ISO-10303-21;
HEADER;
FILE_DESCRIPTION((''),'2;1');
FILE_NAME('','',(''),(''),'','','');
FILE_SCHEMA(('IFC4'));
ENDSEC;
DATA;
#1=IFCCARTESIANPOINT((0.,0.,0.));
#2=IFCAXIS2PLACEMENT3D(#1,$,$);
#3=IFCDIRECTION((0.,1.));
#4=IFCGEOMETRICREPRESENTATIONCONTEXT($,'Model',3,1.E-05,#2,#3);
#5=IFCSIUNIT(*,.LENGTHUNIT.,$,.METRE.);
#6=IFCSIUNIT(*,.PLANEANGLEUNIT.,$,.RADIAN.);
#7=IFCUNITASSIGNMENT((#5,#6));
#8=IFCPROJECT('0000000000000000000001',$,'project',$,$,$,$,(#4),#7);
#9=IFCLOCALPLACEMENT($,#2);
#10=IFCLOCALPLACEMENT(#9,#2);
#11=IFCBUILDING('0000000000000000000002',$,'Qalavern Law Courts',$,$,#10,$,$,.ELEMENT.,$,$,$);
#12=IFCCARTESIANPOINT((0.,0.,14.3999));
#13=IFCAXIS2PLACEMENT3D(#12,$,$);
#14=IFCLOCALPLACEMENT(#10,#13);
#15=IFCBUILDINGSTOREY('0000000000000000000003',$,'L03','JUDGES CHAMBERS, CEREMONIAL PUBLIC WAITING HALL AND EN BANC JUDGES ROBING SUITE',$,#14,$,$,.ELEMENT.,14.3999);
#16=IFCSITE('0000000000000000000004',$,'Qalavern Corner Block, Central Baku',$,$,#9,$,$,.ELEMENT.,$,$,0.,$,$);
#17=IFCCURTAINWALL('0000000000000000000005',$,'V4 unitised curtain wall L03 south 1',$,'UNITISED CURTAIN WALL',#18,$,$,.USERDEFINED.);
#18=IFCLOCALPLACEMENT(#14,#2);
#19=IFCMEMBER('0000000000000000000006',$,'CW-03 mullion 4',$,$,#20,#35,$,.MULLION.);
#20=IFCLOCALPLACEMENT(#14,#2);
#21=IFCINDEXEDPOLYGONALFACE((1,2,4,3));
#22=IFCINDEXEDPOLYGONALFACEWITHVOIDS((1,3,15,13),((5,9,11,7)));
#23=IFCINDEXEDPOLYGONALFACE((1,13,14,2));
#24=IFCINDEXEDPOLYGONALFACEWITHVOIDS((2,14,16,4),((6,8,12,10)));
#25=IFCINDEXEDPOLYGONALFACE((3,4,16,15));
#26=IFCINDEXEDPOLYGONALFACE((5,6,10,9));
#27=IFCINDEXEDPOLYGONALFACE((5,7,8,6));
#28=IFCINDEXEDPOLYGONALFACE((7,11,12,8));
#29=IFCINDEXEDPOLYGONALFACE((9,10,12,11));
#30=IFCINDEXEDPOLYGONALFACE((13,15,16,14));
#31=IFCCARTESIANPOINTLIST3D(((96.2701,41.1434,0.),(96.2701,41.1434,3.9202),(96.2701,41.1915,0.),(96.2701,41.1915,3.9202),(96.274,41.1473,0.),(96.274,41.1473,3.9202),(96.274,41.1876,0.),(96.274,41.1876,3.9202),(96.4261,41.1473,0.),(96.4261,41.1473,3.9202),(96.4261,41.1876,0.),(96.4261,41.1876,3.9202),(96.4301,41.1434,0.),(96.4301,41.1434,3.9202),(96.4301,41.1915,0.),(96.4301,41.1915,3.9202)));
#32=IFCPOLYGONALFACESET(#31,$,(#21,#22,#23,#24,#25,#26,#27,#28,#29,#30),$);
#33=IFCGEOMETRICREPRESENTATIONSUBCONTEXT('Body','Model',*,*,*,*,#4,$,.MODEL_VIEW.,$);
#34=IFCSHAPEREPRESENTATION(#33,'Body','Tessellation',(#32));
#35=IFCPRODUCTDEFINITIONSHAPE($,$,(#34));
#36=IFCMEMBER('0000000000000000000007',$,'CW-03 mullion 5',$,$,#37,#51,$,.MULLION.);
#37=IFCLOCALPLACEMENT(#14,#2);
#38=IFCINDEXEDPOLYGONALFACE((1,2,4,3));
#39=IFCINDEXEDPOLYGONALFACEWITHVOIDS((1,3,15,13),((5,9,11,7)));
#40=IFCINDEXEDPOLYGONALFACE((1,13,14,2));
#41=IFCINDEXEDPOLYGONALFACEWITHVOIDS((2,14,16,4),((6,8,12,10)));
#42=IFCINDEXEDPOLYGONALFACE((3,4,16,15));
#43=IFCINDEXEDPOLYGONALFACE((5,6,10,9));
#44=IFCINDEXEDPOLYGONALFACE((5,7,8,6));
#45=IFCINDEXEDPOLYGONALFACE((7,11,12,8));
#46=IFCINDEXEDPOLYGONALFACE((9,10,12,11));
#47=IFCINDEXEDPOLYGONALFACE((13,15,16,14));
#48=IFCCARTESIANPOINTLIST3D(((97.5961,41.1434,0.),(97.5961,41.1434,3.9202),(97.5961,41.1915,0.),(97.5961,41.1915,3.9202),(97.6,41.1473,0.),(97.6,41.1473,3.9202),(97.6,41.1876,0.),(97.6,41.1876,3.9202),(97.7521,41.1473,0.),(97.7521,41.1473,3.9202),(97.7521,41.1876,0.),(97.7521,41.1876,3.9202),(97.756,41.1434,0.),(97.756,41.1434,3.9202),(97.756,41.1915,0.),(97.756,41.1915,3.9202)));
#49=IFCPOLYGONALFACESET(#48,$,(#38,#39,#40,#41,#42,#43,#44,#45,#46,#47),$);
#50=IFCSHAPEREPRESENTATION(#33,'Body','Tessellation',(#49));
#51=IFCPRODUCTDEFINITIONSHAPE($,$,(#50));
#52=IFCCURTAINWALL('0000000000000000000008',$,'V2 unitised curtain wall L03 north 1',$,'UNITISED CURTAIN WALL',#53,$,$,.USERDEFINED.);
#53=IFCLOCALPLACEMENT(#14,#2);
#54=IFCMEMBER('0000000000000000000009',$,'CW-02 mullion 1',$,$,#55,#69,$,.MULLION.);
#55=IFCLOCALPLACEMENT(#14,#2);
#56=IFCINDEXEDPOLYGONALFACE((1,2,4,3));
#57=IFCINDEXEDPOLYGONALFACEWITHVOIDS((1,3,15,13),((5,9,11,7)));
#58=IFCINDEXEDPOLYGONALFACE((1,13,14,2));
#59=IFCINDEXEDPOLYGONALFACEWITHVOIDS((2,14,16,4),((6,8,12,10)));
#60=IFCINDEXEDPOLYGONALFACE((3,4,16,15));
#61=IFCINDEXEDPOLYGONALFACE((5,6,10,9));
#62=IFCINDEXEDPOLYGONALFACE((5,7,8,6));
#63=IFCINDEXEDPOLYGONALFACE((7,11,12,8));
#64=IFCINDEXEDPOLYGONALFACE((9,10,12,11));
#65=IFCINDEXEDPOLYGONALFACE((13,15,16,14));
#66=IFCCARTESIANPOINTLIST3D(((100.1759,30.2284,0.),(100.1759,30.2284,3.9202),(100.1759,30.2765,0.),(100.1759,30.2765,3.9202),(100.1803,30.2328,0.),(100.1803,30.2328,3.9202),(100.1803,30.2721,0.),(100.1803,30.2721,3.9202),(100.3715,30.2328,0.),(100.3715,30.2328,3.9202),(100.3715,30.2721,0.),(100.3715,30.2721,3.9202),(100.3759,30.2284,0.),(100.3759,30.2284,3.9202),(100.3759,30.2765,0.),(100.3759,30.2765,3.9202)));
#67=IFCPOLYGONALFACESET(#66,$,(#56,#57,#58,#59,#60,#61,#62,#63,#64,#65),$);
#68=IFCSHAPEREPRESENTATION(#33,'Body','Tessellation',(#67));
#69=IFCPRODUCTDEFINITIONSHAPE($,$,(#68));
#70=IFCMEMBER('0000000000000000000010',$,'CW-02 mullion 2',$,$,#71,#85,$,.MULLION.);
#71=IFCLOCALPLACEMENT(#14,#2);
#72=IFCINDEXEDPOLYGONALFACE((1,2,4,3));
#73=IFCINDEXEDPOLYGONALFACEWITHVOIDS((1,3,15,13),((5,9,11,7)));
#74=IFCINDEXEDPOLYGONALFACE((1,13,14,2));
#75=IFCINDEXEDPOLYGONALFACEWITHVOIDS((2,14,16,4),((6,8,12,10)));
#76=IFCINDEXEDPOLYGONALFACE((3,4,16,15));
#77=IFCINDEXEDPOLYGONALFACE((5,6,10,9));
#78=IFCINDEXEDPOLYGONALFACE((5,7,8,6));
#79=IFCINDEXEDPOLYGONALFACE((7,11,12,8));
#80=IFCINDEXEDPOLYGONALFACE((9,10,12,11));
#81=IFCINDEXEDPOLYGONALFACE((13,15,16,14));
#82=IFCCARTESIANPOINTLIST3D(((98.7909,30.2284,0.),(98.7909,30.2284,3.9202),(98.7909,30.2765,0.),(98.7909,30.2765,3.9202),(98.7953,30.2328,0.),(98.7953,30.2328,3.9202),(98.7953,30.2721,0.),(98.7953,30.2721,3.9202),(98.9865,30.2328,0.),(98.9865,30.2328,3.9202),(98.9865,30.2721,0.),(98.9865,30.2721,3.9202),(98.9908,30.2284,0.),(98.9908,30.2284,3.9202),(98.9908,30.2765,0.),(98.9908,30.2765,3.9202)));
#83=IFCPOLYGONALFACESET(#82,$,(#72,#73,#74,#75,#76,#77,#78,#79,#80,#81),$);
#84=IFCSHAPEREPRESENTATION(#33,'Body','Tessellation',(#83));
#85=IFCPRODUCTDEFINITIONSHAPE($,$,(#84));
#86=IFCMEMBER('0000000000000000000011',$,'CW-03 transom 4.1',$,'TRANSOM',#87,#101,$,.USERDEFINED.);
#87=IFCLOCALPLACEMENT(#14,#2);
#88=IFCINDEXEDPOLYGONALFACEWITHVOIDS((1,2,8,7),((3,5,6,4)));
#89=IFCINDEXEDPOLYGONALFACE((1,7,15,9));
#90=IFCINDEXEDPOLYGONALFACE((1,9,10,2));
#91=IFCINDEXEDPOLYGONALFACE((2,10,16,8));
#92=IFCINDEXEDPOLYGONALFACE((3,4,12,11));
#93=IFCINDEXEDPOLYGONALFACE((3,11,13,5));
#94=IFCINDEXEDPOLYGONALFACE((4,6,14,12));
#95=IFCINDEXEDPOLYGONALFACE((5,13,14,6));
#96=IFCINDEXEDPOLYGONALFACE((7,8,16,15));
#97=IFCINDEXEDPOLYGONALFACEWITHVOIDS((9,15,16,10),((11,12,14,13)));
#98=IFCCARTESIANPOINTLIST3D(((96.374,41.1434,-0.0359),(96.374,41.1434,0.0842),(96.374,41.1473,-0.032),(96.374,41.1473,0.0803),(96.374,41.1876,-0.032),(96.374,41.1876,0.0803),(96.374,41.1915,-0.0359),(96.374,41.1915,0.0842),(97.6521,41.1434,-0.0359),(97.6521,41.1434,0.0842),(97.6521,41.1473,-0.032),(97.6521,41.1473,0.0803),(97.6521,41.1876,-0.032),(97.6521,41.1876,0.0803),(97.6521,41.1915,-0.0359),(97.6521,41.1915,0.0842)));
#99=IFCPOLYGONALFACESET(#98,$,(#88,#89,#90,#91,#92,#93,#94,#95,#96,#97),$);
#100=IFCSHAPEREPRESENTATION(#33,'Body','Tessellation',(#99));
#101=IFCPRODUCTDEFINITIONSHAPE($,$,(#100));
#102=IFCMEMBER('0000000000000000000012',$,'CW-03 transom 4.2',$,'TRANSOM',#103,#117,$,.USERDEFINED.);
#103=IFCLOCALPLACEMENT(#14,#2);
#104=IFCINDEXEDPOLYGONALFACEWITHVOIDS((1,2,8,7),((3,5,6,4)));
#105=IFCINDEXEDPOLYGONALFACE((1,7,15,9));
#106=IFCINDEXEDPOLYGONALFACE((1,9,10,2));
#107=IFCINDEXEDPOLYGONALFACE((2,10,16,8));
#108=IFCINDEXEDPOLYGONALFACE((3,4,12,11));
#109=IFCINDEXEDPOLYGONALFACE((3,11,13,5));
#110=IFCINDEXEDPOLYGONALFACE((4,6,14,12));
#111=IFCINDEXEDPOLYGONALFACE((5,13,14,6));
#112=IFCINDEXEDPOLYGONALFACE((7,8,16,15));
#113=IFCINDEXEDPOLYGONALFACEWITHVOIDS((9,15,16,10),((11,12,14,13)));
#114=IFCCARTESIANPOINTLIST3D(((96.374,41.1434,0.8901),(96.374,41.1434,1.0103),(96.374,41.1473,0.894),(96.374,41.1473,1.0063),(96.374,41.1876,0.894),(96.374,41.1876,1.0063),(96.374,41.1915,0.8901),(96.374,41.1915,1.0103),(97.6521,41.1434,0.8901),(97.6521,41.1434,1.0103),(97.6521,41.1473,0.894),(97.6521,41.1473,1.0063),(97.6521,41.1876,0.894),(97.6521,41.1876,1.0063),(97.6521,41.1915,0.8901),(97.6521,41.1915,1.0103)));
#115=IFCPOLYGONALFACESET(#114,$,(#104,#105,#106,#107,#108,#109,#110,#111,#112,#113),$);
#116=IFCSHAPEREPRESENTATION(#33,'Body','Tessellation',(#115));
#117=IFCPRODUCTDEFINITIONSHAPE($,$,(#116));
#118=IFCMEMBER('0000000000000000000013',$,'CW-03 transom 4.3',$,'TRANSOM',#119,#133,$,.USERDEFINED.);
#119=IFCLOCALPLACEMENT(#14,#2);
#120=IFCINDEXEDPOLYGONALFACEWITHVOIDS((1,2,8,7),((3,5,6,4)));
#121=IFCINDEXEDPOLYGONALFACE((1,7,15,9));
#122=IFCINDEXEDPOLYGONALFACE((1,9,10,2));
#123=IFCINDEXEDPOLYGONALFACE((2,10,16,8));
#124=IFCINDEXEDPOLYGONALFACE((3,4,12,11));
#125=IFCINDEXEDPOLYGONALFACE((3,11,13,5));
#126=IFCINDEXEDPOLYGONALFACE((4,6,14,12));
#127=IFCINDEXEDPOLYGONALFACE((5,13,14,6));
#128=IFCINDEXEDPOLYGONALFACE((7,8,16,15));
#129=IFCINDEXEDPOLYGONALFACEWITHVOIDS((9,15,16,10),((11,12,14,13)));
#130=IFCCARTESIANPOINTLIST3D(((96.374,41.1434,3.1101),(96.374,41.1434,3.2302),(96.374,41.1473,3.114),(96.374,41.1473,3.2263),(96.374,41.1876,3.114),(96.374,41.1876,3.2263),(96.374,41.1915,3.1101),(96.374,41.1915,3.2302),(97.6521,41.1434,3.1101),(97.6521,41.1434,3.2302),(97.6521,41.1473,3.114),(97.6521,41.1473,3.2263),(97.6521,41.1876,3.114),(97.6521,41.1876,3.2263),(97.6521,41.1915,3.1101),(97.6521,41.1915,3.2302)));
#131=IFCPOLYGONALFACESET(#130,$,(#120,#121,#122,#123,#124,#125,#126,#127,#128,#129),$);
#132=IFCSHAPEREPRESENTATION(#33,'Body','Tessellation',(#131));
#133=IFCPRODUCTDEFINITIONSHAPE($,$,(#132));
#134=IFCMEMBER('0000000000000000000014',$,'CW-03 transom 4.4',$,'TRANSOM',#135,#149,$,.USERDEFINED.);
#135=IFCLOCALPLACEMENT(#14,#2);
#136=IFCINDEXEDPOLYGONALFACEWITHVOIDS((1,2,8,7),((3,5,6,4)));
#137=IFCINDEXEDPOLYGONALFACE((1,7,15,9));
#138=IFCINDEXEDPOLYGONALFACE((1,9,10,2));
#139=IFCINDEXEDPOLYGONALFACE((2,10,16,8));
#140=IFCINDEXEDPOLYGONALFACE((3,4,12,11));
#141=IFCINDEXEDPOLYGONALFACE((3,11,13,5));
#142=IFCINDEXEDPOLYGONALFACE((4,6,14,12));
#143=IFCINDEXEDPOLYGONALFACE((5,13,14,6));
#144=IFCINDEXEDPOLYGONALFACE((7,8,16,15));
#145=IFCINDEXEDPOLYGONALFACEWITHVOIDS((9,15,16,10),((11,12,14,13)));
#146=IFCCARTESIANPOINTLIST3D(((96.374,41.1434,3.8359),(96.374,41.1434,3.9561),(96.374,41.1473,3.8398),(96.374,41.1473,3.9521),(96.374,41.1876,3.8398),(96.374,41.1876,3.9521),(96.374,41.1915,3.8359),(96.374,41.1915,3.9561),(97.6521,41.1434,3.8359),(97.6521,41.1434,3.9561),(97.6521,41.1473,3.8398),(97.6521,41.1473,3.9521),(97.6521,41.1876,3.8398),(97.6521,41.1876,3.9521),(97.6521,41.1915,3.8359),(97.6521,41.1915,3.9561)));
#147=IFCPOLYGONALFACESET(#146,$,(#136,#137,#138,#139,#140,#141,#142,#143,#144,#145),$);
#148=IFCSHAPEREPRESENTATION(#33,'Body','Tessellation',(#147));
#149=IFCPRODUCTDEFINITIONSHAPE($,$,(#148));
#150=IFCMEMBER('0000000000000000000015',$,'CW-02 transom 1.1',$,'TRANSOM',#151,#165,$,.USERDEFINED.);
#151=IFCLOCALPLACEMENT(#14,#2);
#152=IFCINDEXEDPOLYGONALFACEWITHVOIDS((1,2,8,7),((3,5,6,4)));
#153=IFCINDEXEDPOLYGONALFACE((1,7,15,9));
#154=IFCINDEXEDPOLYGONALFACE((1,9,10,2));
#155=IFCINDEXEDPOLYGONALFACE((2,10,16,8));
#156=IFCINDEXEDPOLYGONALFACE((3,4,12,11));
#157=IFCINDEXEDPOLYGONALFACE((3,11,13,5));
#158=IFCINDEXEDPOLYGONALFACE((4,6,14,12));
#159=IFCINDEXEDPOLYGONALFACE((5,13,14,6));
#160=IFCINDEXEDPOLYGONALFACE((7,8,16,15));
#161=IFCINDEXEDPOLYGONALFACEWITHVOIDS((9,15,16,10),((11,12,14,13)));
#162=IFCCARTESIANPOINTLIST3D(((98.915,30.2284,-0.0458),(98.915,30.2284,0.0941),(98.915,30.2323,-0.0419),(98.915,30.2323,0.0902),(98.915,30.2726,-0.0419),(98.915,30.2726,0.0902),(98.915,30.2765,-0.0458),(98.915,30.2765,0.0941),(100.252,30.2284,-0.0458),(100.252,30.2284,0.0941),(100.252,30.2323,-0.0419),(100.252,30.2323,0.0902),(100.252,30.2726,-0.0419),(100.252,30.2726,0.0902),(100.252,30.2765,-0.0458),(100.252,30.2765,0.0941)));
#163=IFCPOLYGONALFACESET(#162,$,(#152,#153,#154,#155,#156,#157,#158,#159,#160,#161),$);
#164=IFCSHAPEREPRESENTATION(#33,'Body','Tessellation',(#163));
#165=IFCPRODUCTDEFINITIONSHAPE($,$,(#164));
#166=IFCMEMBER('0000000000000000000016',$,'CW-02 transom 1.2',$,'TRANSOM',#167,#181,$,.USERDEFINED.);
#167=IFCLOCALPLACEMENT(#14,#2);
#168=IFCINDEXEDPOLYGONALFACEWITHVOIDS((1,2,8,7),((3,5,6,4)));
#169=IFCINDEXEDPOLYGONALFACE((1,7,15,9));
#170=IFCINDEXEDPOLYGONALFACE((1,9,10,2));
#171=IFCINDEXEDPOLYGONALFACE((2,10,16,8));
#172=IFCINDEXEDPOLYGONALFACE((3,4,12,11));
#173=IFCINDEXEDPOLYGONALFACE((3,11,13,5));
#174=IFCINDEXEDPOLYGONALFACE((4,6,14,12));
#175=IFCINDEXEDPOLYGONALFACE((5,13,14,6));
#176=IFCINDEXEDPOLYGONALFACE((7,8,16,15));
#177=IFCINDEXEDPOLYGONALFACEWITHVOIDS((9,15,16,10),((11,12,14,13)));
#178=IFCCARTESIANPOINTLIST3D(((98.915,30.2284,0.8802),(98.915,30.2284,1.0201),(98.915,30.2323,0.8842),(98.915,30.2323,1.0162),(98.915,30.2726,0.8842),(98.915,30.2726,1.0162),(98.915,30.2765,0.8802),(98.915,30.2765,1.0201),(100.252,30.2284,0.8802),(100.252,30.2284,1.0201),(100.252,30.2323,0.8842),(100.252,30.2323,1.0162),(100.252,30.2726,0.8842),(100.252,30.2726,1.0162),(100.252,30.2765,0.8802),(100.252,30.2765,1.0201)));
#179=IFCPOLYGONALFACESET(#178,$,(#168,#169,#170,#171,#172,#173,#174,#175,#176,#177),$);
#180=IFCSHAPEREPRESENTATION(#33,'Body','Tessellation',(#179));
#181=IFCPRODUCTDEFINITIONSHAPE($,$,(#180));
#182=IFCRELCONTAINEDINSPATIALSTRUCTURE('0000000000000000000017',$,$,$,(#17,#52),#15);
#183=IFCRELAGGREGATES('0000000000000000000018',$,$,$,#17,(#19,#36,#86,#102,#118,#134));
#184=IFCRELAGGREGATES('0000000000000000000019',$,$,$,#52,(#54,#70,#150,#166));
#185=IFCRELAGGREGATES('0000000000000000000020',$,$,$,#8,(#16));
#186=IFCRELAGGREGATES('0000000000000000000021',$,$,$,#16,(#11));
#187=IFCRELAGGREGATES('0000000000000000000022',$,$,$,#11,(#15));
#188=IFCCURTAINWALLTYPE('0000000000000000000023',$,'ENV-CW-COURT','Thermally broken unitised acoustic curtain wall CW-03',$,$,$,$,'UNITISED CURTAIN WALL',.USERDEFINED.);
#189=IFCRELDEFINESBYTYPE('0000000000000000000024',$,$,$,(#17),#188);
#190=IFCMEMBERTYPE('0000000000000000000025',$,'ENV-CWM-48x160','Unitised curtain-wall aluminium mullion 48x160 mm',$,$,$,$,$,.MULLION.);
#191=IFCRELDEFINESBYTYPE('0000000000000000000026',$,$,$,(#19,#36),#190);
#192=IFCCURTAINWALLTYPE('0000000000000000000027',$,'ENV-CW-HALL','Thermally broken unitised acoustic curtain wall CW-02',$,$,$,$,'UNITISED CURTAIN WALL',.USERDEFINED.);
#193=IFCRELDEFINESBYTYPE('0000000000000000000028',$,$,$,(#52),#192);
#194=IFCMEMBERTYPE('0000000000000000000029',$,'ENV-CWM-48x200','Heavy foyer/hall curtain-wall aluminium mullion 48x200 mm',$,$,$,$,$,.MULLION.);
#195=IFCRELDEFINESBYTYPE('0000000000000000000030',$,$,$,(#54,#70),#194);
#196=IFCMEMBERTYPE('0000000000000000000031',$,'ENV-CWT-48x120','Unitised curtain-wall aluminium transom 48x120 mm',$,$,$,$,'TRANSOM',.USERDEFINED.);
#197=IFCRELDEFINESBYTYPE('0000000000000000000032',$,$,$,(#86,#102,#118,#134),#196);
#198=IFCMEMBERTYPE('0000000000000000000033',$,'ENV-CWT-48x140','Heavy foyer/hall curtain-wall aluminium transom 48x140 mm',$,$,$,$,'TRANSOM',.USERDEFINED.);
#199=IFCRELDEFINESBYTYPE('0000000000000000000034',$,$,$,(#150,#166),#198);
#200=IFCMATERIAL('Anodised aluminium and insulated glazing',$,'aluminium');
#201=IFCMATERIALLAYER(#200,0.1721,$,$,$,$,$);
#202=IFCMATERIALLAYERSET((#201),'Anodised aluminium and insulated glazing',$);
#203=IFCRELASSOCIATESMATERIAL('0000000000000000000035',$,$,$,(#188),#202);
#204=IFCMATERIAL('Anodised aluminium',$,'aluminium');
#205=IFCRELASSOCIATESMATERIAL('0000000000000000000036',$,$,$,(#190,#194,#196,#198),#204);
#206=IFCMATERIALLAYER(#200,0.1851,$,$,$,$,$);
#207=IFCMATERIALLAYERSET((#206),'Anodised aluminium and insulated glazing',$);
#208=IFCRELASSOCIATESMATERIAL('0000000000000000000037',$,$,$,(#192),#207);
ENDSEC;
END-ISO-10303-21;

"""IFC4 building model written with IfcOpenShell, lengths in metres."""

from ifc_helpers import new_model, si_unit, direction, frame, origin, origin_2d, place, context, subcontext, project, spatial, hollow_rectangle, extrude, material, layer, layer_set, material_profile, profile_set, type_object, element, aggregate, save


model = new_model("IFC4")

# Units and contexts
model_context = context("Model", 3, precision=1e-05, world=origin(), true_north=direction((0.0, 1.0)))
body_context = subcontext(model_context, "Body", "Model", "MODEL_VIEW")
ifc_project = project(units=[si_unit("LENGTHUNIT", "METRE"), si_unit("PLANEANGLEUNIT", "RADIAN")], contexts=[model_context])

# Site, building, storey
site_placement = place(None, origin())
site = spatial("IfcSite", under=ifc_project, at=site_placement, Name="Qalavern Corner Block, Central Baku", CompositionType="ELEMENT", RefElevation=0.0)
building_placement = place(site_placement, origin())
building = spatial("IfcBuilding", under=site, at=building_placement, Name="Qalavern Law Courts", CompositionType="ELEMENT")
storey_placement = place(building_placement, frame((0.0, 0.0, 14.3999)))
storey = spatial("IfcBuildingStorey", under=building, at=storey_placement, Name="L03", Description="JUDGES CHAMBERS, CEREMONIAL PUBLIC WAITING HALL AND EN BANC JUDGES ROBING SUITE", CompositionType="ELEMENT", Elevation=14.3999)

# Curtain walls, members
ifc_material_1 = material(Name="Anodised aluminium and insulated glazing", Category="aluminium")
ifc_layer_1 = layer(ifc_material_1, 0.1721)
ifc_layer_set_1 = layer_set([ifc_layer_1], Name="Anodised aluminium and insulated glazing")
curtain_wall_type_1 = type_object("IfcCurtainWallType", Name="ENV-CW-COURT", Description="Thermally broken unitised acoustic curtain wall CW-03", ElementType="UNITISED CURTAIN WALL", PredefinedType="USERDEFINED", material=ifc_layer_set_1)
curtain_wall_1_placement = place(storey_placement, origin())
curtain_wall_1 = element("IfcCurtainWall", 1, at=curtain_wall_1_placement, inside=storey, type_object=curtain_wall_type_1, Name="V4 unitised curtain wall L03 south 1", ObjectType="UNITISED CURTAIN WALL", PredefinedType="USERDEFINED")
ifc_material_2 = material(Name="Anodised aluminium", Category="aluminium")
ifc_material_profile_1 = material_profile(ifc_material_2, hollow_rectangle(XDim=0.0481, YDim=0.1599, WallThickness=0.0039, at=origin_2d()), Name="ALU MULLION 48x160")
ifc_profile_set_1 = profile_set([ifc_material_profile_1], Name="Anodised aluminium")
member_type_1 = type_object("IfcMemberType", Name="ENV-CWM-48x160", Description="Unitised curtain-wall aluminium mullion 48x160 mm", PredefinedType="MULLION", material=ifc_profile_set_1)
member_1_placement = place(storey_placement, frame((96.3501, 41.1675, 0.0), z_axis=(0.0, 0.0, 1.0), x_axis=(0.0, 1.0, 0.0)))
member_1 = element("IfcMember", 2, at=member_1_placement, type_object=member_type_1, Name="CW-03 mullion 4", PredefinedType="MULLION", context=body_context, shape_type="SweptSolid", body=[
    extrude(hollow_rectangle(XDim=0.0481, YDim=0.1599, WallThickness=0.0039, at=origin_2d()), origin(), (0.0, 0.0, 1.0), 3.9202),
])
member_2_placement = place(storey_placement, frame((97.676, 41.1675, 0.0), z_axis=(0.0, 0.0, 1.0), x_axis=(0.0, 1.0, 0.0)))
member_2 = element("IfcMember", 3, at=member_2_placement, type_object=member_type_1, Name="CW-03 mullion 5", PredefinedType="MULLION", context=body_context, shape_type="SweptSolid", body=[
    extrude(hollow_rectangle(XDim=0.0481, YDim=0.1599, WallThickness=0.0039, at=origin_2d()), origin(), (0.0, 0.0, 1.0), 3.9202),
])
ifc_layer_2 = layer(ifc_material_1, 0.1851)
ifc_layer_set_2 = layer_set([ifc_layer_2], Name="Anodised aluminium and insulated glazing")
curtain_wall_type_2 = type_object("IfcCurtainWallType", Name="ENV-CW-HALL", Description="Thermally broken unitised acoustic curtain wall CW-02", ElementType="UNITISED CURTAIN WALL", PredefinedType="USERDEFINED", material=ifc_layer_set_2)
curtain_wall_2_placement = place(storey_placement, origin())
curtain_wall_2 = element("IfcCurtainWall", 4, at=curtain_wall_2_placement, inside=storey, type_object=curtain_wall_type_2, Name="V2 unitised curtain wall L03 north 1", ObjectType="UNITISED CURTAIN WALL", PredefinedType="USERDEFINED")
ifc_material_profile_2 = material_profile(ifc_material_2, hollow_rectangle(XDim=0.0481, YDim=0.2, WallThickness=0.0044, at=origin_2d()), Name="ALU MULLION 48x200")
ifc_profile_set_2 = profile_set([ifc_material_profile_2], Name="Anodised aluminium")
member_type_2 = type_object("IfcMemberType", Name="ENV-CWM-48x200", Description="Heavy foyer/hall curtain-wall aluminium mullion 48x200 mm", PredefinedType="MULLION", material=ifc_profile_set_2)
member_3_placement = place(storey_placement, frame((100.2759, 30.2524, 0.0), z_axis=(0.0, 0.0, 1.0), x_axis=(0.0, -1.0, 0.0)))
member_3 = element("IfcMember", 5, at=member_3_placement, type_object=member_type_2, Name="CW-02 mullion 1", PredefinedType="MULLION", context=body_context, shape_type="SweptSolid", body=[
    extrude(hollow_rectangle(XDim=0.0481, YDim=0.2, WallThickness=0.0044, at=origin_2d()), origin(), (0.0, 0.0, 1.0), 3.9202),
])
member_4_placement = place(storey_placement, frame((98.8909, 30.2524, 0.0), z_axis=(0.0, 0.0, 1.0), x_axis=(0.0, -1.0, 0.0)))
member_4 = element("IfcMember", 6, at=member_4_placement, type_object=member_type_2, Name="CW-02 mullion 2", PredefinedType="MULLION", context=body_context, shape_type="SweptSolid", body=[
    extrude(hollow_rectangle(XDim=0.0481, YDim=0.2, WallThickness=0.0044, at=origin_2d()), origin(), (0.0, 0.0, 1.0), 3.9202),
])

# Members
ifc_material_profile_3 = material_profile(ifc_material_2, hollow_rectangle(XDim=0.0481, YDim=0.1201, WallThickness=0.0039, at=origin_2d()), Name="ALU TRANSOM 48x120")
ifc_profile_set_3 = profile_set([ifc_material_profile_3], Name="Anodised aluminium")
member_type_3 = type_object("IfcMemberType", Name="ENV-CWT-48x120", Description="Unitised curtain-wall aluminium transom 48x120 mm", ElementType="TRANSOM", PredefinedType="USERDEFINED", material=ifc_profile_set_3)
member_5_placement = place(storey_placement, frame((96.374, 41.1675, 0.0242), z_axis=(1.0, 0.0, 0.0), x_axis=(0.0, 1.0, 0.0)))
member_5 = element("IfcMember", 7, at=member_5_placement, type_object=member_type_3, Name="CW-03 transom 4.1", ObjectType="TRANSOM", PredefinedType="USERDEFINED", context=body_context, shape_type="SweptSolid", body=[
    extrude(hollow_rectangle(XDim=0.0481, YDim=0.1201, WallThickness=0.0039, at=origin_2d()), origin(), (0.0, 0.0, 1.0), 1.2781),
])
member_6_placement = place(storey_placement, frame((96.374, 41.1675, 0.9502), z_axis=(1.0, 0.0, 0.0), x_axis=(0.0, 1.0, 0.0)))
member_6 = element("IfcMember", 8, at=member_6_placement, type_object=member_type_3, Name="CW-03 transom 4.2", ObjectType="TRANSOM", PredefinedType="USERDEFINED", context=body_context, shape_type="SweptSolid", body=[
    extrude(hollow_rectangle(XDim=0.0481, YDim=0.1201, WallThickness=0.0039, at=origin_2d()), origin(), (0.0, 0.0, 1.0), 1.2781),
])
member_7_placement = place(storey_placement, frame((96.374, 41.1675, 3.1702), z_axis=(1.0, 0.0, 0.0), x_axis=(0.0, 1.0, 0.0)))
member_7 = element("IfcMember", 9, at=member_7_placement, type_object=member_type_3, Name="CW-03 transom 4.3", ObjectType="TRANSOM", PredefinedType="USERDEFINED", context=body_context, shape_type="SweptSolid", body=[
    extrude(hollow_rectangle(XDim=0.0481, YDim=0.1201, WallThickness=0.0039, at=origin_2d()), origin(), (0.0, 0.0, 1.0), 1.2781),
])
member_8_placement = place(storey_placement, frame((96.374, 41.1675, 3.896), z_axis=(1.0, 0.0, 0.0), x_axis=(0.0, 1.0, 0.0)))
member_8 = element("IfcMember", 10, at=member_8_placement, type_object=member_type_3, Name="CW-03 transom 4.4", ObjectType="TRANSOM", PredefinedType="USERDEFINED", context=body_context, shape_type="SweptSolid", body=[
    extrude(hollow_rectangle(XDim=0.0481, YDim=0.1201, WallThickness=0.0039, at=origin_2d()), origin(), (0.0, 0.0, 1.0), 1.2781),
])
ifc_material_profile_4 = material_profile(ifc_material_2, hollow_rectangle(XDim=0.0481, YDim=0.1399, WallThickness=0.0039, at=origin_2d()), Name="ALU TRANSOM 48x140")
ifc_profile_set_4 = profile_set([ifc_material_profile_4], Name="Anodised aluminium")
member_type_4 = type_object("IfcMemberType", Name="ENV-CWT-48x140", Description="Heavy foyer/hall curtain-wall aluminium transom 48x140 mm", ElementType="TRANSOM", PredefinedType="USERDEFINED", material=ifc_profile_set_4)
member_9_placement = place(storey_placement, frame((100.252, 30.2524, 0.0242), z_axis=(-1.0, 0.0, 0.0), x_axis=(0.0, -1.0, 0.0)))
member_9 = element("IfcMember", 11, at=member_9_placement, type_object=member_type_4, Name="CW-02 transom 1.1", ObjectType="TRANSOM", PredefinedType="USERDEFINED", context=body_context, shape_type="SweptSolid", body=[
    extrude(hollow_rectangle(XDim=0.0481, YDim=0.1399, WallThickness=0.0039, at=origin_2d()), origin(), (0.0, 0.0, 1.0), 1.3369),
])
member_10_placement = place(storey_placement, frame((100.252, 30.2524, 0.9502), z_axis=(-1.0, 0.0, 0.0), x_axis=(0.0, -1.0, 0.0)))
member_10 = element("IfcMember", 12, at=member_10_placement, type_object=member_type_4, Name="CW-02 transom 1.2", ObjectType="TRANSOM", PredefinedType="USERDEFINED", context=body_context, shape_type="SweptSolid", body=[
    extrude(hollow_rectangle(XDim=0.0481, YDim=0.1399, WallThickness=0.0039, at=origin_2d()), origin(), (0.0, 0.0, 1.0), 1.3369),
])

aggregate(curtain_wall_1, [member_1, member_2, member_5, member_6, member_7, member_8])
aggregate(curtain_wall_2, [member_3, member_4, member_9, member_10])

save(model, "model.ifc")
